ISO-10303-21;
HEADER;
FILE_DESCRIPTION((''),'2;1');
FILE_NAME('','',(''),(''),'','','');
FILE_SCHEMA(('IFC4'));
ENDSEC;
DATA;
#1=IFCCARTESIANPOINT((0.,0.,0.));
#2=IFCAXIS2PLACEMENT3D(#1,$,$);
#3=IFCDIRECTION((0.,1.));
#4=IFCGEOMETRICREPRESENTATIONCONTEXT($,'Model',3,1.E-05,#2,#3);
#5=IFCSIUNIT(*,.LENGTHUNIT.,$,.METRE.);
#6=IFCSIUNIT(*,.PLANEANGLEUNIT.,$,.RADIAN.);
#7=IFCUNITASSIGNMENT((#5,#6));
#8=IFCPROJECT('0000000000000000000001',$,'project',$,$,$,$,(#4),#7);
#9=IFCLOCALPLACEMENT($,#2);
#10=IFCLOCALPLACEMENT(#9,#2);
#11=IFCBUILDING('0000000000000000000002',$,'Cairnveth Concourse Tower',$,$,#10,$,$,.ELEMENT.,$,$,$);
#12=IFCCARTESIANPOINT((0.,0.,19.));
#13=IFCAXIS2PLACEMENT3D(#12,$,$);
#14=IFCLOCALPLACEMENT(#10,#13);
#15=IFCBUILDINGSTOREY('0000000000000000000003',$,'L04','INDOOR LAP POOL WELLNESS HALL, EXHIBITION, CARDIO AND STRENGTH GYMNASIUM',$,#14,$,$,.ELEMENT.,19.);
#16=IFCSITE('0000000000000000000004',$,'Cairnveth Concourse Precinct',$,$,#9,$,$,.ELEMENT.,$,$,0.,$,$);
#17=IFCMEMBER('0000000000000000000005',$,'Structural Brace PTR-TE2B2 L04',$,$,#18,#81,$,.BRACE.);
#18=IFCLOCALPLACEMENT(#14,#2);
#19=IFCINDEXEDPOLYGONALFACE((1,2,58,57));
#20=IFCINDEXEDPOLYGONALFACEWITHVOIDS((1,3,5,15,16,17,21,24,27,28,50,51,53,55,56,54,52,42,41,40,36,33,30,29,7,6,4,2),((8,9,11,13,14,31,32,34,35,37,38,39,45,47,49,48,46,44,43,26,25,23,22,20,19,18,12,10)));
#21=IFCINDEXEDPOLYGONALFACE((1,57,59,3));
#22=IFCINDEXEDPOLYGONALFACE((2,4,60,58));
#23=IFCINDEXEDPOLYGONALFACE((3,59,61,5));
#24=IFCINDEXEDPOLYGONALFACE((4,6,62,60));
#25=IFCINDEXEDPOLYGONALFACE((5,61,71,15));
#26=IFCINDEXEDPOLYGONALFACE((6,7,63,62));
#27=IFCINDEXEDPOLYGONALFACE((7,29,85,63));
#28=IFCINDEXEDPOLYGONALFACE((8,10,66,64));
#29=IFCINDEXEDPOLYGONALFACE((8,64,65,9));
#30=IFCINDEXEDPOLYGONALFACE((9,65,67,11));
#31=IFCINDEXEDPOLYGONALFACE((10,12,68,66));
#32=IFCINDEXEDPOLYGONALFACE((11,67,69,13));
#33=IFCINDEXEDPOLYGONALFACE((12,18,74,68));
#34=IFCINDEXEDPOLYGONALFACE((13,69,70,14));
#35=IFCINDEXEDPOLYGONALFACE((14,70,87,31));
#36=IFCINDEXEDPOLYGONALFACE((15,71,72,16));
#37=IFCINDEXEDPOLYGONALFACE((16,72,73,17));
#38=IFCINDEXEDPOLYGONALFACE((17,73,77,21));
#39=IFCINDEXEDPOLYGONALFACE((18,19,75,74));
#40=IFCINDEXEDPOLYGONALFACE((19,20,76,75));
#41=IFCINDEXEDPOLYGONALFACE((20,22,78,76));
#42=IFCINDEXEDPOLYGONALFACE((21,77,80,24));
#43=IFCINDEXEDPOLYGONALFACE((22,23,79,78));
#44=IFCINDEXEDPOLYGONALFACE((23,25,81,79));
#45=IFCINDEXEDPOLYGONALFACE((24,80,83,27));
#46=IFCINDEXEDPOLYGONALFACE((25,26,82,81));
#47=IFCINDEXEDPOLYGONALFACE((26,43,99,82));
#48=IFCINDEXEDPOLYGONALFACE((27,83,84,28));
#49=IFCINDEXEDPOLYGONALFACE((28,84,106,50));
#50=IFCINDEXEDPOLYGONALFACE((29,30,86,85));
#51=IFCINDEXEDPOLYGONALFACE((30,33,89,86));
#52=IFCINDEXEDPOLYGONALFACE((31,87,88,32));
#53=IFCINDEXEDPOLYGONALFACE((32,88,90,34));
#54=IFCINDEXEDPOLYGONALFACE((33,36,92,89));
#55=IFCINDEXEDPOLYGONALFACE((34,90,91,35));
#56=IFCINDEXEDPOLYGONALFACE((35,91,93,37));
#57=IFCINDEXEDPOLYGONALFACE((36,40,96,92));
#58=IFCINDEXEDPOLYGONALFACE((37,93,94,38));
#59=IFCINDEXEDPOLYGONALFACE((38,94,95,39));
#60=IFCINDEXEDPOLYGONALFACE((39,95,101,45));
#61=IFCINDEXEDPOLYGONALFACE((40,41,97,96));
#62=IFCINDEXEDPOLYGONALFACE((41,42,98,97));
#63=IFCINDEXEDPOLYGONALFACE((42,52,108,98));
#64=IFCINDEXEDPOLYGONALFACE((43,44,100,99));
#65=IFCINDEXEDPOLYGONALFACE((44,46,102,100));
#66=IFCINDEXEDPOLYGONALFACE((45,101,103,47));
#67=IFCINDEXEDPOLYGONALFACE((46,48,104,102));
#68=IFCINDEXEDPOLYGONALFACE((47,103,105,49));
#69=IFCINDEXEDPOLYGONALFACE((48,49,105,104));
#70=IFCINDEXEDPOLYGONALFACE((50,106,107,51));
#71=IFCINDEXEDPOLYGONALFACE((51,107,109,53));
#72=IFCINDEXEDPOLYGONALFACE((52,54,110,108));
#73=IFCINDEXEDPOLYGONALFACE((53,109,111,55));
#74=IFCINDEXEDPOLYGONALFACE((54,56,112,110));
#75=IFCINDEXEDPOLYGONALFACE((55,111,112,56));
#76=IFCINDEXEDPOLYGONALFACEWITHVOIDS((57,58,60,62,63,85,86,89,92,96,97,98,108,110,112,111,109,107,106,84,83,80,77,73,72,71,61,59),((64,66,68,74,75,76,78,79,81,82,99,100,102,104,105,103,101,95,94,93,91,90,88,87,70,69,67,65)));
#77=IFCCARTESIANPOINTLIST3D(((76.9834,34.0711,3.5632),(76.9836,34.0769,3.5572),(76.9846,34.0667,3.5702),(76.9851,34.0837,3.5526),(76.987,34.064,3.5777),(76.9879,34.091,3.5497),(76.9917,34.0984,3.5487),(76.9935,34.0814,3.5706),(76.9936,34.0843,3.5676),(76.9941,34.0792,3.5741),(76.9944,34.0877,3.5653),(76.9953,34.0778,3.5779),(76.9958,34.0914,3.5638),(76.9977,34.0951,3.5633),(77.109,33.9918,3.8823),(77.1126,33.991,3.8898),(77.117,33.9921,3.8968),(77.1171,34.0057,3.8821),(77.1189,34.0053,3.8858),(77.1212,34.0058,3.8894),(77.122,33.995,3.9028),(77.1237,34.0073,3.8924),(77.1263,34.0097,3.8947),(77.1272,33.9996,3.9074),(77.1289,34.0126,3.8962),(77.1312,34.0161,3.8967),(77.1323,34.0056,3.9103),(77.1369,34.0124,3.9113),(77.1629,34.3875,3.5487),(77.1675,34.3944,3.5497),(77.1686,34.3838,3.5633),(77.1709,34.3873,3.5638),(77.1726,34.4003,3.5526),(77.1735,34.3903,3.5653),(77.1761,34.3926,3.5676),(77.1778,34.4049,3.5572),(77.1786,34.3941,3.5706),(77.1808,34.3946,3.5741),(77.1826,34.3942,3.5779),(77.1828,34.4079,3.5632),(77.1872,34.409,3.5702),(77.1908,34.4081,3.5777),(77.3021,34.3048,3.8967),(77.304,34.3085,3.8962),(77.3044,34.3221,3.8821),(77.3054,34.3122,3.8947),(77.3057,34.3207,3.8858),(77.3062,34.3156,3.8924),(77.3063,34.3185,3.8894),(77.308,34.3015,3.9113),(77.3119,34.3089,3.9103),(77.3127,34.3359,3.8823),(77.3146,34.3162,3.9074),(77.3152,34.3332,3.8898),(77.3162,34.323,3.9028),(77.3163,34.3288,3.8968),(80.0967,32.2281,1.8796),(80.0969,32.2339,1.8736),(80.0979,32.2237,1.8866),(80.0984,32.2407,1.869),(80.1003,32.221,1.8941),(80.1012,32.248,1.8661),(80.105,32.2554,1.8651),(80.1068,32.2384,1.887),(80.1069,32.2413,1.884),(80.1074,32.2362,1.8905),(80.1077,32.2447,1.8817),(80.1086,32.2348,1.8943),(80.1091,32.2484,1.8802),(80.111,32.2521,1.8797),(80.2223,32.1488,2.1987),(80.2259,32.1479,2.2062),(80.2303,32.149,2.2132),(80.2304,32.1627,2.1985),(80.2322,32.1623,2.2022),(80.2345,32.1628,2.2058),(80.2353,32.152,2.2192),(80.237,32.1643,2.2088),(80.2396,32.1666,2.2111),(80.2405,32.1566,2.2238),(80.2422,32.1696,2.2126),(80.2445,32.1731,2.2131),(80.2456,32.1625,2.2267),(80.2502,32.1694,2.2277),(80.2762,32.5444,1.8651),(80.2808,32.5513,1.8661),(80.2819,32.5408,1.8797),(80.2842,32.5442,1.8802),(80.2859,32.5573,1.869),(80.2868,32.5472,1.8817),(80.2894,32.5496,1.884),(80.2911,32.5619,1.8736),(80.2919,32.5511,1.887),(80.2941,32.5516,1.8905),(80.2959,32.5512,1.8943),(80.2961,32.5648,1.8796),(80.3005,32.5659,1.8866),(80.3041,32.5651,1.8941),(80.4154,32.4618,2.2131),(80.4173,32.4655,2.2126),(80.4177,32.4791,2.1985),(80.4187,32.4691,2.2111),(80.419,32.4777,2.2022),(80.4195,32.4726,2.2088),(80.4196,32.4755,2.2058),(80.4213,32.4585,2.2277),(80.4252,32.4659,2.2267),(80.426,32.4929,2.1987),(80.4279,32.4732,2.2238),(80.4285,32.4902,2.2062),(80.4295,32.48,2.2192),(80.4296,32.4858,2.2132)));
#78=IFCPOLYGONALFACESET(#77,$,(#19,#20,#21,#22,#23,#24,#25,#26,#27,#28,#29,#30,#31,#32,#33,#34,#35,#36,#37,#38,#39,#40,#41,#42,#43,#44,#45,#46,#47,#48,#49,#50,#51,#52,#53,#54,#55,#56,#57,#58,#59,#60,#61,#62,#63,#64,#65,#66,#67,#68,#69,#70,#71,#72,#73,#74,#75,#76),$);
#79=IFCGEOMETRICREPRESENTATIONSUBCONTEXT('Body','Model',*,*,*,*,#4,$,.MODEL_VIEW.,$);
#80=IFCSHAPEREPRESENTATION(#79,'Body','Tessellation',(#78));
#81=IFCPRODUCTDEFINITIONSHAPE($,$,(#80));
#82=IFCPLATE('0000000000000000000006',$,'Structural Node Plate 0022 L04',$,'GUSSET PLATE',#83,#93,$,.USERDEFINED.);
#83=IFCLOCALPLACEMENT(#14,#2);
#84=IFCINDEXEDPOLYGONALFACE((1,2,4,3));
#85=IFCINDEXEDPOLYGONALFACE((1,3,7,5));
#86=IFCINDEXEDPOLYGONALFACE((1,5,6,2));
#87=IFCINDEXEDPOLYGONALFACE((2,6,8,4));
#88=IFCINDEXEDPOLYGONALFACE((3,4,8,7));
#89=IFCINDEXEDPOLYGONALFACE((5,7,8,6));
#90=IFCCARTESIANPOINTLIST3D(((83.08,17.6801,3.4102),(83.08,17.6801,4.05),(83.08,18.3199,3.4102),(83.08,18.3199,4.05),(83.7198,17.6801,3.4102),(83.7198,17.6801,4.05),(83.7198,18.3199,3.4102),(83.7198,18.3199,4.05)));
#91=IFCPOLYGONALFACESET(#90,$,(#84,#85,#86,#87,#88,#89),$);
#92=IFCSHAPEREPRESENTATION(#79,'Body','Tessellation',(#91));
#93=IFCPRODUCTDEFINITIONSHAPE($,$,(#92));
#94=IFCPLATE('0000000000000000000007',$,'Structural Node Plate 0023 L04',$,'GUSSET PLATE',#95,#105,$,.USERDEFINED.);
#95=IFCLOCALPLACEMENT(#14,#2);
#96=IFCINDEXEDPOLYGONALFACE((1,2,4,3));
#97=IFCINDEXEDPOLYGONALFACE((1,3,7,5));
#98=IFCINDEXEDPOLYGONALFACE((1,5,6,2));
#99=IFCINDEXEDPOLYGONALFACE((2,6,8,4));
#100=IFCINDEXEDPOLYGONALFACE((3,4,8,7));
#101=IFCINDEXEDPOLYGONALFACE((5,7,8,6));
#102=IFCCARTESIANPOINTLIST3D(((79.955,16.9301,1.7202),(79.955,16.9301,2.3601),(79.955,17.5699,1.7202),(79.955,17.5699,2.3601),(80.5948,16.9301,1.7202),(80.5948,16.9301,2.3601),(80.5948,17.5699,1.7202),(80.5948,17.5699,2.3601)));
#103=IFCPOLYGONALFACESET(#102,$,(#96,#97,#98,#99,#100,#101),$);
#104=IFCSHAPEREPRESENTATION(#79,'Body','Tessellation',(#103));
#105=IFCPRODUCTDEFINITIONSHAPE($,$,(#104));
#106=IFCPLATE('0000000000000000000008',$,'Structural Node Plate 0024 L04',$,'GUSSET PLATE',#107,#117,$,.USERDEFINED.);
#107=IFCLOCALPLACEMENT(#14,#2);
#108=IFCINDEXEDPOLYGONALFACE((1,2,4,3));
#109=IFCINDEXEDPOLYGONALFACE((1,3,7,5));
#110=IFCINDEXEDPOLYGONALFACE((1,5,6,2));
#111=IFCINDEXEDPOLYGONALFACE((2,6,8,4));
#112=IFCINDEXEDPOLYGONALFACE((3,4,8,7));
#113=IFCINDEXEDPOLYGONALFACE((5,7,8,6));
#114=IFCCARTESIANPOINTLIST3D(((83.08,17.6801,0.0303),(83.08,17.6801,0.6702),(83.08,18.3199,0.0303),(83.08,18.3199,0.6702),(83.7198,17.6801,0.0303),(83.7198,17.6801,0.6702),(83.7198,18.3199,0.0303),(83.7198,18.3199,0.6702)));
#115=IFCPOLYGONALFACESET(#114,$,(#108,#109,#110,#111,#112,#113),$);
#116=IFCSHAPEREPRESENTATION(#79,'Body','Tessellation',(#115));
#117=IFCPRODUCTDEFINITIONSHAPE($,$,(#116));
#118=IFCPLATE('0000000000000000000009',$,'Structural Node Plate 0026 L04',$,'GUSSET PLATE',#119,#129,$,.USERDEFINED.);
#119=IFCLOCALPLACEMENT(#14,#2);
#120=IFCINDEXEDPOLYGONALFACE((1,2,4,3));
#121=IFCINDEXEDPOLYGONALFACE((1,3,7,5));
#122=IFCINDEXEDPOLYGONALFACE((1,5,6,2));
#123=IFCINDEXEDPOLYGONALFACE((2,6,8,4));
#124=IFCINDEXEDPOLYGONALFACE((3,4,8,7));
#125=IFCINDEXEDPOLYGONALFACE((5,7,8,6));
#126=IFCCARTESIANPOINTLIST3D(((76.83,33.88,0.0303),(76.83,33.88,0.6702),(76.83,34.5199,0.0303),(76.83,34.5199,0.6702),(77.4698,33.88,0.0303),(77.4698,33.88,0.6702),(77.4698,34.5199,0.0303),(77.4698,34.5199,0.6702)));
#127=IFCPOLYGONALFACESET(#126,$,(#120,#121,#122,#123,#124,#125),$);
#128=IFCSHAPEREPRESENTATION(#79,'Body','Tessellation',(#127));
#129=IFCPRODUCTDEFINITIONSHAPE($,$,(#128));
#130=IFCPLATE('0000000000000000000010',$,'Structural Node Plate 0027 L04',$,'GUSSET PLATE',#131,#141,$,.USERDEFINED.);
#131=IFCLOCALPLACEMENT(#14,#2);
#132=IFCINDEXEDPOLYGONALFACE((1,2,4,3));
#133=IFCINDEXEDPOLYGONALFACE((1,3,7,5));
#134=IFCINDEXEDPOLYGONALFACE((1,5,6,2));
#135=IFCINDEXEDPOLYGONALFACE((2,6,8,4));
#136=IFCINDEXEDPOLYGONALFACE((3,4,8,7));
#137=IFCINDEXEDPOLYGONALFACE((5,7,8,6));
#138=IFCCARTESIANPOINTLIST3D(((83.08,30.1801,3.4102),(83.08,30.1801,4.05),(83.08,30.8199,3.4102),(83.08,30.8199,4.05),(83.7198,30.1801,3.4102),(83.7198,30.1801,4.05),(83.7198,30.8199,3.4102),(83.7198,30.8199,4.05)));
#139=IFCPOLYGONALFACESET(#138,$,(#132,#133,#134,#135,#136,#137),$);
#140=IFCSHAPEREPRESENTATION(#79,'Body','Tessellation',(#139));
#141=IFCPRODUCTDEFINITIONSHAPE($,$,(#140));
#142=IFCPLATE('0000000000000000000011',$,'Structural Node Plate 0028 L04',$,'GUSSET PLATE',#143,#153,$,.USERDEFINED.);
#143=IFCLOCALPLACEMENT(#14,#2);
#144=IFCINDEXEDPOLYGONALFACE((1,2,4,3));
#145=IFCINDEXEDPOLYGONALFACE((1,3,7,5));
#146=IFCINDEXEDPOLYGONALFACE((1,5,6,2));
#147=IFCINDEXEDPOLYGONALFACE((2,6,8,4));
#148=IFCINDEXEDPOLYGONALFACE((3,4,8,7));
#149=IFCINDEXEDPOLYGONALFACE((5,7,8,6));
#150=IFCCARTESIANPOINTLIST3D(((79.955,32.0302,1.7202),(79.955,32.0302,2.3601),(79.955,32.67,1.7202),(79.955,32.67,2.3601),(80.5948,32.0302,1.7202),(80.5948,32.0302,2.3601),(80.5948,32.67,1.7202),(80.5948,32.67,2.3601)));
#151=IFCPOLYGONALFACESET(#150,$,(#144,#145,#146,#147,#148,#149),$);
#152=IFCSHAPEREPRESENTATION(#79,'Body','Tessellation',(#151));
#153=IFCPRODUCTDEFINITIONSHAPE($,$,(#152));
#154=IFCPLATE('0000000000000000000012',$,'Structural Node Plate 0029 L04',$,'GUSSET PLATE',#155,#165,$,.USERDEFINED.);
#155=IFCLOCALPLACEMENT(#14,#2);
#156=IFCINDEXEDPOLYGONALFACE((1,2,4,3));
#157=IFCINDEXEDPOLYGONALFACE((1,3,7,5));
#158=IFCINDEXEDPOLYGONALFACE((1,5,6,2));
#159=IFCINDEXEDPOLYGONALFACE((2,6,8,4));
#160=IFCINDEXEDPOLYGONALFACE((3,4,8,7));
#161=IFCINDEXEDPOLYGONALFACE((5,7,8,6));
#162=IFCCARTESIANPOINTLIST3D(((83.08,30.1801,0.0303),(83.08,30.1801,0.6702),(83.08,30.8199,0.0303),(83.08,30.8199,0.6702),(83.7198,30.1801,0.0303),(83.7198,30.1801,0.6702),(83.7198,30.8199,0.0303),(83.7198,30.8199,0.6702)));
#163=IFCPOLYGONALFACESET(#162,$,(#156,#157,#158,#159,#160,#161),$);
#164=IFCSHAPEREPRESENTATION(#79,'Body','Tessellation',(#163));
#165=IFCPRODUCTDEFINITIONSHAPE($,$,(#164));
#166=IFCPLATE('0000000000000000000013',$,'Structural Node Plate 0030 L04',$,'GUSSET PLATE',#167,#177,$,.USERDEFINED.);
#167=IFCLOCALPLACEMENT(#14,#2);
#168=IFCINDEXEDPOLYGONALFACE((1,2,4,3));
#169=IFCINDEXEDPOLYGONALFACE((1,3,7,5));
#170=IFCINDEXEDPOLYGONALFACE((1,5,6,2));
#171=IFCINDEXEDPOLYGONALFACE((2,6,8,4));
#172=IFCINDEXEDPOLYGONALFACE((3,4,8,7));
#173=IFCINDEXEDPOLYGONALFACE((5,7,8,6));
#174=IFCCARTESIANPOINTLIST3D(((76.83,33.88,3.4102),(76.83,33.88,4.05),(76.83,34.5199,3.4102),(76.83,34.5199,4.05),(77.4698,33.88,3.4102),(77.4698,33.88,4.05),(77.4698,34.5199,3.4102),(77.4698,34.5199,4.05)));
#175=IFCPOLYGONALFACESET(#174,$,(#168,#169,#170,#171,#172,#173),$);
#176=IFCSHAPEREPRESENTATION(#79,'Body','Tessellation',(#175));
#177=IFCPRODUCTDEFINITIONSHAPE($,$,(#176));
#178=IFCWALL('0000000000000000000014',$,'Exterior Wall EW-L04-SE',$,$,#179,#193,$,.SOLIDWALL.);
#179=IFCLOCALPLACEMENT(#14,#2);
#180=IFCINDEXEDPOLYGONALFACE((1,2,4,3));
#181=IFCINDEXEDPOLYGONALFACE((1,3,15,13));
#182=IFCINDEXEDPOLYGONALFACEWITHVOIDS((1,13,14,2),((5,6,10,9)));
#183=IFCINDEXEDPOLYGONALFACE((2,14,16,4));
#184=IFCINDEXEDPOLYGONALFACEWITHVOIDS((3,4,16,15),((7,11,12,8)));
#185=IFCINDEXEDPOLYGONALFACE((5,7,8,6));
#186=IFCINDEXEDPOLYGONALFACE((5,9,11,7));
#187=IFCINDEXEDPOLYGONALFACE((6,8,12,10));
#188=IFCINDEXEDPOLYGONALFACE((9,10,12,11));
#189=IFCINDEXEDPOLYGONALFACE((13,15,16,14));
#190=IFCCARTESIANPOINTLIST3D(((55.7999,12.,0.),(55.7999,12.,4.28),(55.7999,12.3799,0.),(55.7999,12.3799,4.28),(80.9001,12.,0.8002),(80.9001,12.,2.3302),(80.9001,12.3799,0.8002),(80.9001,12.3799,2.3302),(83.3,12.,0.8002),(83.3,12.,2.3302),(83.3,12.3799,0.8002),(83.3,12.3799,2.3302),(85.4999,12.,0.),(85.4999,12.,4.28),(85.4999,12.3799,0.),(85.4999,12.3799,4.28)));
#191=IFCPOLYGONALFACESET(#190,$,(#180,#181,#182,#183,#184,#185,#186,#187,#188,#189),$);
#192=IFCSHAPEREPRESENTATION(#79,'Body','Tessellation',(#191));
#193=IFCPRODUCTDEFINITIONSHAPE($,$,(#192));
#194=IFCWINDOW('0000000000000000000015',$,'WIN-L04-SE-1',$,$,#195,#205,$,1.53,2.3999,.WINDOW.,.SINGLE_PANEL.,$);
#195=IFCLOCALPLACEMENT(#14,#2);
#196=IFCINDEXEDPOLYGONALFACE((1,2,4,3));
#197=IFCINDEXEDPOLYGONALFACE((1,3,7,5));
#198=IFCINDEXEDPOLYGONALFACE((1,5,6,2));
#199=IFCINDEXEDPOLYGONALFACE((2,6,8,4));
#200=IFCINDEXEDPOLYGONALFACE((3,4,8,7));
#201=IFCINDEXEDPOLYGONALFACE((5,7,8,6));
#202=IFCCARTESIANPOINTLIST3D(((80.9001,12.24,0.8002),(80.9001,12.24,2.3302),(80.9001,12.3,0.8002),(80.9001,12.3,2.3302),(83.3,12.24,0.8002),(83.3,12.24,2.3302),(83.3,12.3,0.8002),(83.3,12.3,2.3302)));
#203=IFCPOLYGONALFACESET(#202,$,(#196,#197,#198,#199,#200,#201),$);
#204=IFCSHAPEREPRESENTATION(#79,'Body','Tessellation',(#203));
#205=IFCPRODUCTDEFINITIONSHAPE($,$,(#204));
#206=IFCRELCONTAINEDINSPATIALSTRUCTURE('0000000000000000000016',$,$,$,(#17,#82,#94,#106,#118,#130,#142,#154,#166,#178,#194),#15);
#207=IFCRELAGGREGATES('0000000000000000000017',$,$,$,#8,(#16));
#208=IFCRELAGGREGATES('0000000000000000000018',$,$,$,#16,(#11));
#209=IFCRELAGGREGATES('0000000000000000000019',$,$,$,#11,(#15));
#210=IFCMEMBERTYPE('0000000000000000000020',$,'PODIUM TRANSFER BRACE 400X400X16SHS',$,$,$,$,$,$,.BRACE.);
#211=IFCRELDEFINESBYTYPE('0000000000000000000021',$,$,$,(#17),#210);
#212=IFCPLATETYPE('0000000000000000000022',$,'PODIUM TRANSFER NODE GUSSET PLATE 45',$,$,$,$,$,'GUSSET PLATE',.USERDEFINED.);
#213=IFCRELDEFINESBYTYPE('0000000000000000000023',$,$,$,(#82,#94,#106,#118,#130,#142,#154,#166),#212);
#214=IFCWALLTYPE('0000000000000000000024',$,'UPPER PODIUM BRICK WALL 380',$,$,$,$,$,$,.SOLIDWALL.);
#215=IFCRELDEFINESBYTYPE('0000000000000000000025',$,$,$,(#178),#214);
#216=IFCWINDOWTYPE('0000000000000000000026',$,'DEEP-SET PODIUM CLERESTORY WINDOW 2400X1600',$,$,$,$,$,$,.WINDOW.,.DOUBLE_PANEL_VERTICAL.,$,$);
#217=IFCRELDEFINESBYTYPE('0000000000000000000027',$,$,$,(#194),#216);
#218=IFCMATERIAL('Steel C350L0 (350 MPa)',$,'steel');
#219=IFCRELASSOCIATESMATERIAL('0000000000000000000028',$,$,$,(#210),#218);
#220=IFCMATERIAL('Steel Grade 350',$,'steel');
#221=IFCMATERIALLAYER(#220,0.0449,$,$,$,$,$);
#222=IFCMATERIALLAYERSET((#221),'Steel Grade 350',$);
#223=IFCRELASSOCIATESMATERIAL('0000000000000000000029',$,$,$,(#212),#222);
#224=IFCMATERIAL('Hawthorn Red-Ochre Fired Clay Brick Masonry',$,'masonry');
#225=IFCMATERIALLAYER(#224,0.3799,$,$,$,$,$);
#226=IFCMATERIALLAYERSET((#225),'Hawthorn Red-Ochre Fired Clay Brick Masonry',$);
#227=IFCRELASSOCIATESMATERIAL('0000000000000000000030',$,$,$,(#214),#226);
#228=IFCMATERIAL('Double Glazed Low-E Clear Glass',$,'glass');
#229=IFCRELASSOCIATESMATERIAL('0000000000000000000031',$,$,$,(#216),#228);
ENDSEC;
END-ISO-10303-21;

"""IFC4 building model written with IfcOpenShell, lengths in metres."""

from ifc_helpers import new_model, si_unit, direction, frame, frame_2d, origin, origin_2d, place, context, subcontext, project, spatial, rectangle, hollow_rectangle, extrude, material, layer, layer_set, material_profile, profile_set, type_object, element, fill, save


model = new_model("IFC4")

# Units and contexts
model_context = context("Model", 3, precision=1e-05, world=origin(), true_north=direction((0.0, 1.0)))
body_context = subcontext(model_context, "Body", "Model", "MODEL_VIEW")
ifc_project = project(units=[si_unit("LENGTHUNIT", "METRE"), si_unit("PLANEANGLEUNIT", "RADIAN")], contexts=[model_context])

# Site, building, storey
site_placement = place(None, origin())
site = spatial("IfcSite", under=ifc_project, at=site_placement, Name="Cairnveth Concourse Precinct", CompositionType="ELEMENT", RefElevation=0.0)
building_placement = place(site_placement, origin())
building = spatial("IfcBuilding", under=site, at=building_placement, Name="Cairnveth Concourse Tower", CompositionType="ELEMENT")
storey_placement = place(building_placement, frame((0.0, 0.0, 19.0)))
storey = spatial("IfcBuildingStorey", under=building, at=storey_placement, Name="L04", Description="INDOOR LAP POOL WELLNESS HALL, EXHIBITION, CARDIO AND STRENGTH GYMNASIUM", CompositionType="ELEMENT", Elevation=19.0)

# Shared definitions
ifc_material_1 = material(Name="Steel Grade 350", Category="steel")

# Member
ifc_material_2 = material(Name="Steel C350L0 (350 MPa)", Category="steel")
ifc_material_profile_1 = material_profile(ifc_material_2, hollow_rectangle(XDim=0.3999, YDim=0.3999, WallThickness=0.0161, InnerFilletRadius=0.0161, OuterFilletRadius=0.032, at=origin_2d()), Name="400x400x16.0SHS")
ifc_profile_set_1 = profile_set([ifc_material_profile_1], Name="Steel C350L0 (350 MPa)")
member_type = type_object("IfcMemberType", Name="PODIUM TRANSFER BRACE 400X400X16SHS", PredefinedType="BRACE", material=ifc_profile_set_1)
for number, where, z_axis, x_axis, name in (
    (1, (80.2632, 32.3569, 2.0464), (-0.780182, 0.461857, 0.421905), (-0.509416, -0.860521, 0.0), "Structural Brace PTR-TE2B2 L04"),
):
    element("IfcMember", number, at=place(storey_placement, frame(where, z_axis=z_axis, x_axis=x_axis)), inside=storey, type_object=member_type, Name=name, PredefinedType="BRACE", context=body_context, shape_type="SweptSolid", body=[
        extrude(hollow_rectangle(XDim=0.3999, YDim=0.3999, WallThickness=0.0161, InnerFilletRadius=0.0161, OuterFilletRadius=0.032, at=origin_2d()), origin(), (0.0, 0.0, 1.0), 3.9905),
    ])

# Plates
ifc_layer_1 = layer(ifc_material_1, 0.0449)
ifc_layer_set_1 = layer_set([ifc_layer_1], Name="Steel Grade 350")
plate_type = type_object("IfcPlateType", Name="PODIUM TRANSFER NODE GUSSET PLATE 45", ElementType="GUSSET PLATE", PredefinedType="USERDEFINED", material=ifc_layer_set_1)
for number, where, z_axis, x_axis, name in (
    (2, (83.3999, 18.0, 3.4102), (0.0, 0.0, 1.0), (1.0, 0.0, 0.0), "Structural Node Plate 0022 L04"),
    (3, (80.2749, 17.25, 1.7202), (0.0, 0.0, 1.0), (1.0, 0.0, 0.0), "Structural Node Plate 0023 L04"),
    (4, (83.3999, 18.0, 0.0303), (0.0, 0.0, 1.0), (1.0, 0.0, 0.0), "Structural Node Plate 0024 L04"),
    (5, (77.1499, 34.2, 0.0303), (0.0, 0.0, 1.0), (1.0, 0.0, 0.0), "Structural Node Plate 0026 L04"),
    (6, (83.3999, 30.5, 3.4102), (0.0, 0.0, 1.0), (1.0, 0.0, 0.0), "Structural Node Plate 0027 L04"),
    (7, (80.2749, 32.3501, 1.7202), (0.0, 0.0, 1.0), (1.0, 0.0, 0.0), "Structural Node Plate 0028 L04"),
    (8, (83.3999, 30.5, 0.0303), (0.0, 0.0, 1.0), (1.0, 0.0, 0.0), "Structural Node Plate 0029 L04"),
    (9, (77.1499, 34.2, 3.4102), (0.0, 0.0, 1.0), (1.0, 0.0, 0.0), "Structural Node Plate 0030 L04"),
):
    element("IfcPlate", number, at=place(storey_placement, frame(where, z_axis=z_axis, x_axis=x_axis)), inside=storey, type_object=plate_type, Name=name, ObjectType="GUSSET PLATE", PredefinedType="USERDEFINED", context=body_context, shape_type="SweptSolid", body=[
        extrude(rectangle(XDim=0.6399, YDim=0.6399, at=origin_2d()), origin(), (0.0, 0.0, 1.0), 0.6399),
    ])

# Wall, opening, window
ifc_material_3 = material(Name="Hawthorn Red-Ochre Fired Clay Brick Masonry", Category="masonry")
ifc_layer_2 = layer(ifc_material_3, 0.3799)
ifc_layer_set_2 = layer_set([ifc_layer_2], Name="Hawthorn Red-Ochre Fired Clay Brick Masonry")
wall_type = type_object("IfcWallType", Name="UPPER PODIUM BRICK WALL 380", PredefinedType="SOLIDWALL", material=ifc_layer_set_2)
wall_placement = place(storey_placement, frame((85.5, 12.1899, 0.0), z_axis=(0.0, 0.0, 1.0), x_axis=(-1.0, 0.0, 0.0)))
wall = element("IfcWall", 10, at=wall_placement, inside=storey, type_object=wall_type, Name="Exterior Wall EW-L04-SE", PredefinedType="SOLIDWALL", context=body_context, shape_type="SweptSolid", body=[
    extrude(rectangle(XDim=29.7, YDim=0.3799, at=frame_2d((14.8501, 0.0))), origin(), (0.0, 0.0, 1.0), 4.28),
])
opening_placement = place(wall_placement, frame((2.2, 0.0, 0.8)))
opening = element("IfcOpeningElement", 11, at=opening_placement, cuts=wall, PredefinedType="OPENING", context=body_context, shape_type="SweptSolid", body=[
    extrude(rectangle(XDim=2.3999, YDim=1.53, at=frame_2d((1.2, 0.7651))), frame((0.0, 0.2, 0.0), z_axis=(0.0, -1.0, 0.0), x_axis=(1.0, 0.0, 0.0)), (0.0, 0.0, 1.0), 0.3999),
])
ifc_material_4 = material(Name="Double Glazed Low-E Clear Glass", Category="glass")
window_type = type_object("IfcWindowType", Name="DEEP-SET PODIUM CLERESTORY WINDOW 2400X1600", PartitioningType="DOUBLE_PANEL_VERTICAL", PredefinedType="WINDOW", material=ifc_material_4)
window_placement = place(opening_placement, origin())
window = element("IfcWindow", 12, at=window_placement, inside=storey, type_object=window_type, Name="WIN-L04-SE-1", OverallHeight=1.53, OverallWidth=2.3999, PartitioningType="SINGLE_PANEL", PredefinedType="WINDOW", context=body_context, shape_type="SweptSolid", body=[
    extrude(rectangle(XDim=2.3999, YDim=1.53, at=frame_2d((1.2, 0.7651))), frame((0.0, -0.05, 0.0), z_axis=(0.0, -1.0, 0.0), x_axis=(1.0, 0.0, 0.0)), (0.0, 0.0, 1.0), 0.0601),
])
fill(opening, window)

save(model, "model.ifc")
